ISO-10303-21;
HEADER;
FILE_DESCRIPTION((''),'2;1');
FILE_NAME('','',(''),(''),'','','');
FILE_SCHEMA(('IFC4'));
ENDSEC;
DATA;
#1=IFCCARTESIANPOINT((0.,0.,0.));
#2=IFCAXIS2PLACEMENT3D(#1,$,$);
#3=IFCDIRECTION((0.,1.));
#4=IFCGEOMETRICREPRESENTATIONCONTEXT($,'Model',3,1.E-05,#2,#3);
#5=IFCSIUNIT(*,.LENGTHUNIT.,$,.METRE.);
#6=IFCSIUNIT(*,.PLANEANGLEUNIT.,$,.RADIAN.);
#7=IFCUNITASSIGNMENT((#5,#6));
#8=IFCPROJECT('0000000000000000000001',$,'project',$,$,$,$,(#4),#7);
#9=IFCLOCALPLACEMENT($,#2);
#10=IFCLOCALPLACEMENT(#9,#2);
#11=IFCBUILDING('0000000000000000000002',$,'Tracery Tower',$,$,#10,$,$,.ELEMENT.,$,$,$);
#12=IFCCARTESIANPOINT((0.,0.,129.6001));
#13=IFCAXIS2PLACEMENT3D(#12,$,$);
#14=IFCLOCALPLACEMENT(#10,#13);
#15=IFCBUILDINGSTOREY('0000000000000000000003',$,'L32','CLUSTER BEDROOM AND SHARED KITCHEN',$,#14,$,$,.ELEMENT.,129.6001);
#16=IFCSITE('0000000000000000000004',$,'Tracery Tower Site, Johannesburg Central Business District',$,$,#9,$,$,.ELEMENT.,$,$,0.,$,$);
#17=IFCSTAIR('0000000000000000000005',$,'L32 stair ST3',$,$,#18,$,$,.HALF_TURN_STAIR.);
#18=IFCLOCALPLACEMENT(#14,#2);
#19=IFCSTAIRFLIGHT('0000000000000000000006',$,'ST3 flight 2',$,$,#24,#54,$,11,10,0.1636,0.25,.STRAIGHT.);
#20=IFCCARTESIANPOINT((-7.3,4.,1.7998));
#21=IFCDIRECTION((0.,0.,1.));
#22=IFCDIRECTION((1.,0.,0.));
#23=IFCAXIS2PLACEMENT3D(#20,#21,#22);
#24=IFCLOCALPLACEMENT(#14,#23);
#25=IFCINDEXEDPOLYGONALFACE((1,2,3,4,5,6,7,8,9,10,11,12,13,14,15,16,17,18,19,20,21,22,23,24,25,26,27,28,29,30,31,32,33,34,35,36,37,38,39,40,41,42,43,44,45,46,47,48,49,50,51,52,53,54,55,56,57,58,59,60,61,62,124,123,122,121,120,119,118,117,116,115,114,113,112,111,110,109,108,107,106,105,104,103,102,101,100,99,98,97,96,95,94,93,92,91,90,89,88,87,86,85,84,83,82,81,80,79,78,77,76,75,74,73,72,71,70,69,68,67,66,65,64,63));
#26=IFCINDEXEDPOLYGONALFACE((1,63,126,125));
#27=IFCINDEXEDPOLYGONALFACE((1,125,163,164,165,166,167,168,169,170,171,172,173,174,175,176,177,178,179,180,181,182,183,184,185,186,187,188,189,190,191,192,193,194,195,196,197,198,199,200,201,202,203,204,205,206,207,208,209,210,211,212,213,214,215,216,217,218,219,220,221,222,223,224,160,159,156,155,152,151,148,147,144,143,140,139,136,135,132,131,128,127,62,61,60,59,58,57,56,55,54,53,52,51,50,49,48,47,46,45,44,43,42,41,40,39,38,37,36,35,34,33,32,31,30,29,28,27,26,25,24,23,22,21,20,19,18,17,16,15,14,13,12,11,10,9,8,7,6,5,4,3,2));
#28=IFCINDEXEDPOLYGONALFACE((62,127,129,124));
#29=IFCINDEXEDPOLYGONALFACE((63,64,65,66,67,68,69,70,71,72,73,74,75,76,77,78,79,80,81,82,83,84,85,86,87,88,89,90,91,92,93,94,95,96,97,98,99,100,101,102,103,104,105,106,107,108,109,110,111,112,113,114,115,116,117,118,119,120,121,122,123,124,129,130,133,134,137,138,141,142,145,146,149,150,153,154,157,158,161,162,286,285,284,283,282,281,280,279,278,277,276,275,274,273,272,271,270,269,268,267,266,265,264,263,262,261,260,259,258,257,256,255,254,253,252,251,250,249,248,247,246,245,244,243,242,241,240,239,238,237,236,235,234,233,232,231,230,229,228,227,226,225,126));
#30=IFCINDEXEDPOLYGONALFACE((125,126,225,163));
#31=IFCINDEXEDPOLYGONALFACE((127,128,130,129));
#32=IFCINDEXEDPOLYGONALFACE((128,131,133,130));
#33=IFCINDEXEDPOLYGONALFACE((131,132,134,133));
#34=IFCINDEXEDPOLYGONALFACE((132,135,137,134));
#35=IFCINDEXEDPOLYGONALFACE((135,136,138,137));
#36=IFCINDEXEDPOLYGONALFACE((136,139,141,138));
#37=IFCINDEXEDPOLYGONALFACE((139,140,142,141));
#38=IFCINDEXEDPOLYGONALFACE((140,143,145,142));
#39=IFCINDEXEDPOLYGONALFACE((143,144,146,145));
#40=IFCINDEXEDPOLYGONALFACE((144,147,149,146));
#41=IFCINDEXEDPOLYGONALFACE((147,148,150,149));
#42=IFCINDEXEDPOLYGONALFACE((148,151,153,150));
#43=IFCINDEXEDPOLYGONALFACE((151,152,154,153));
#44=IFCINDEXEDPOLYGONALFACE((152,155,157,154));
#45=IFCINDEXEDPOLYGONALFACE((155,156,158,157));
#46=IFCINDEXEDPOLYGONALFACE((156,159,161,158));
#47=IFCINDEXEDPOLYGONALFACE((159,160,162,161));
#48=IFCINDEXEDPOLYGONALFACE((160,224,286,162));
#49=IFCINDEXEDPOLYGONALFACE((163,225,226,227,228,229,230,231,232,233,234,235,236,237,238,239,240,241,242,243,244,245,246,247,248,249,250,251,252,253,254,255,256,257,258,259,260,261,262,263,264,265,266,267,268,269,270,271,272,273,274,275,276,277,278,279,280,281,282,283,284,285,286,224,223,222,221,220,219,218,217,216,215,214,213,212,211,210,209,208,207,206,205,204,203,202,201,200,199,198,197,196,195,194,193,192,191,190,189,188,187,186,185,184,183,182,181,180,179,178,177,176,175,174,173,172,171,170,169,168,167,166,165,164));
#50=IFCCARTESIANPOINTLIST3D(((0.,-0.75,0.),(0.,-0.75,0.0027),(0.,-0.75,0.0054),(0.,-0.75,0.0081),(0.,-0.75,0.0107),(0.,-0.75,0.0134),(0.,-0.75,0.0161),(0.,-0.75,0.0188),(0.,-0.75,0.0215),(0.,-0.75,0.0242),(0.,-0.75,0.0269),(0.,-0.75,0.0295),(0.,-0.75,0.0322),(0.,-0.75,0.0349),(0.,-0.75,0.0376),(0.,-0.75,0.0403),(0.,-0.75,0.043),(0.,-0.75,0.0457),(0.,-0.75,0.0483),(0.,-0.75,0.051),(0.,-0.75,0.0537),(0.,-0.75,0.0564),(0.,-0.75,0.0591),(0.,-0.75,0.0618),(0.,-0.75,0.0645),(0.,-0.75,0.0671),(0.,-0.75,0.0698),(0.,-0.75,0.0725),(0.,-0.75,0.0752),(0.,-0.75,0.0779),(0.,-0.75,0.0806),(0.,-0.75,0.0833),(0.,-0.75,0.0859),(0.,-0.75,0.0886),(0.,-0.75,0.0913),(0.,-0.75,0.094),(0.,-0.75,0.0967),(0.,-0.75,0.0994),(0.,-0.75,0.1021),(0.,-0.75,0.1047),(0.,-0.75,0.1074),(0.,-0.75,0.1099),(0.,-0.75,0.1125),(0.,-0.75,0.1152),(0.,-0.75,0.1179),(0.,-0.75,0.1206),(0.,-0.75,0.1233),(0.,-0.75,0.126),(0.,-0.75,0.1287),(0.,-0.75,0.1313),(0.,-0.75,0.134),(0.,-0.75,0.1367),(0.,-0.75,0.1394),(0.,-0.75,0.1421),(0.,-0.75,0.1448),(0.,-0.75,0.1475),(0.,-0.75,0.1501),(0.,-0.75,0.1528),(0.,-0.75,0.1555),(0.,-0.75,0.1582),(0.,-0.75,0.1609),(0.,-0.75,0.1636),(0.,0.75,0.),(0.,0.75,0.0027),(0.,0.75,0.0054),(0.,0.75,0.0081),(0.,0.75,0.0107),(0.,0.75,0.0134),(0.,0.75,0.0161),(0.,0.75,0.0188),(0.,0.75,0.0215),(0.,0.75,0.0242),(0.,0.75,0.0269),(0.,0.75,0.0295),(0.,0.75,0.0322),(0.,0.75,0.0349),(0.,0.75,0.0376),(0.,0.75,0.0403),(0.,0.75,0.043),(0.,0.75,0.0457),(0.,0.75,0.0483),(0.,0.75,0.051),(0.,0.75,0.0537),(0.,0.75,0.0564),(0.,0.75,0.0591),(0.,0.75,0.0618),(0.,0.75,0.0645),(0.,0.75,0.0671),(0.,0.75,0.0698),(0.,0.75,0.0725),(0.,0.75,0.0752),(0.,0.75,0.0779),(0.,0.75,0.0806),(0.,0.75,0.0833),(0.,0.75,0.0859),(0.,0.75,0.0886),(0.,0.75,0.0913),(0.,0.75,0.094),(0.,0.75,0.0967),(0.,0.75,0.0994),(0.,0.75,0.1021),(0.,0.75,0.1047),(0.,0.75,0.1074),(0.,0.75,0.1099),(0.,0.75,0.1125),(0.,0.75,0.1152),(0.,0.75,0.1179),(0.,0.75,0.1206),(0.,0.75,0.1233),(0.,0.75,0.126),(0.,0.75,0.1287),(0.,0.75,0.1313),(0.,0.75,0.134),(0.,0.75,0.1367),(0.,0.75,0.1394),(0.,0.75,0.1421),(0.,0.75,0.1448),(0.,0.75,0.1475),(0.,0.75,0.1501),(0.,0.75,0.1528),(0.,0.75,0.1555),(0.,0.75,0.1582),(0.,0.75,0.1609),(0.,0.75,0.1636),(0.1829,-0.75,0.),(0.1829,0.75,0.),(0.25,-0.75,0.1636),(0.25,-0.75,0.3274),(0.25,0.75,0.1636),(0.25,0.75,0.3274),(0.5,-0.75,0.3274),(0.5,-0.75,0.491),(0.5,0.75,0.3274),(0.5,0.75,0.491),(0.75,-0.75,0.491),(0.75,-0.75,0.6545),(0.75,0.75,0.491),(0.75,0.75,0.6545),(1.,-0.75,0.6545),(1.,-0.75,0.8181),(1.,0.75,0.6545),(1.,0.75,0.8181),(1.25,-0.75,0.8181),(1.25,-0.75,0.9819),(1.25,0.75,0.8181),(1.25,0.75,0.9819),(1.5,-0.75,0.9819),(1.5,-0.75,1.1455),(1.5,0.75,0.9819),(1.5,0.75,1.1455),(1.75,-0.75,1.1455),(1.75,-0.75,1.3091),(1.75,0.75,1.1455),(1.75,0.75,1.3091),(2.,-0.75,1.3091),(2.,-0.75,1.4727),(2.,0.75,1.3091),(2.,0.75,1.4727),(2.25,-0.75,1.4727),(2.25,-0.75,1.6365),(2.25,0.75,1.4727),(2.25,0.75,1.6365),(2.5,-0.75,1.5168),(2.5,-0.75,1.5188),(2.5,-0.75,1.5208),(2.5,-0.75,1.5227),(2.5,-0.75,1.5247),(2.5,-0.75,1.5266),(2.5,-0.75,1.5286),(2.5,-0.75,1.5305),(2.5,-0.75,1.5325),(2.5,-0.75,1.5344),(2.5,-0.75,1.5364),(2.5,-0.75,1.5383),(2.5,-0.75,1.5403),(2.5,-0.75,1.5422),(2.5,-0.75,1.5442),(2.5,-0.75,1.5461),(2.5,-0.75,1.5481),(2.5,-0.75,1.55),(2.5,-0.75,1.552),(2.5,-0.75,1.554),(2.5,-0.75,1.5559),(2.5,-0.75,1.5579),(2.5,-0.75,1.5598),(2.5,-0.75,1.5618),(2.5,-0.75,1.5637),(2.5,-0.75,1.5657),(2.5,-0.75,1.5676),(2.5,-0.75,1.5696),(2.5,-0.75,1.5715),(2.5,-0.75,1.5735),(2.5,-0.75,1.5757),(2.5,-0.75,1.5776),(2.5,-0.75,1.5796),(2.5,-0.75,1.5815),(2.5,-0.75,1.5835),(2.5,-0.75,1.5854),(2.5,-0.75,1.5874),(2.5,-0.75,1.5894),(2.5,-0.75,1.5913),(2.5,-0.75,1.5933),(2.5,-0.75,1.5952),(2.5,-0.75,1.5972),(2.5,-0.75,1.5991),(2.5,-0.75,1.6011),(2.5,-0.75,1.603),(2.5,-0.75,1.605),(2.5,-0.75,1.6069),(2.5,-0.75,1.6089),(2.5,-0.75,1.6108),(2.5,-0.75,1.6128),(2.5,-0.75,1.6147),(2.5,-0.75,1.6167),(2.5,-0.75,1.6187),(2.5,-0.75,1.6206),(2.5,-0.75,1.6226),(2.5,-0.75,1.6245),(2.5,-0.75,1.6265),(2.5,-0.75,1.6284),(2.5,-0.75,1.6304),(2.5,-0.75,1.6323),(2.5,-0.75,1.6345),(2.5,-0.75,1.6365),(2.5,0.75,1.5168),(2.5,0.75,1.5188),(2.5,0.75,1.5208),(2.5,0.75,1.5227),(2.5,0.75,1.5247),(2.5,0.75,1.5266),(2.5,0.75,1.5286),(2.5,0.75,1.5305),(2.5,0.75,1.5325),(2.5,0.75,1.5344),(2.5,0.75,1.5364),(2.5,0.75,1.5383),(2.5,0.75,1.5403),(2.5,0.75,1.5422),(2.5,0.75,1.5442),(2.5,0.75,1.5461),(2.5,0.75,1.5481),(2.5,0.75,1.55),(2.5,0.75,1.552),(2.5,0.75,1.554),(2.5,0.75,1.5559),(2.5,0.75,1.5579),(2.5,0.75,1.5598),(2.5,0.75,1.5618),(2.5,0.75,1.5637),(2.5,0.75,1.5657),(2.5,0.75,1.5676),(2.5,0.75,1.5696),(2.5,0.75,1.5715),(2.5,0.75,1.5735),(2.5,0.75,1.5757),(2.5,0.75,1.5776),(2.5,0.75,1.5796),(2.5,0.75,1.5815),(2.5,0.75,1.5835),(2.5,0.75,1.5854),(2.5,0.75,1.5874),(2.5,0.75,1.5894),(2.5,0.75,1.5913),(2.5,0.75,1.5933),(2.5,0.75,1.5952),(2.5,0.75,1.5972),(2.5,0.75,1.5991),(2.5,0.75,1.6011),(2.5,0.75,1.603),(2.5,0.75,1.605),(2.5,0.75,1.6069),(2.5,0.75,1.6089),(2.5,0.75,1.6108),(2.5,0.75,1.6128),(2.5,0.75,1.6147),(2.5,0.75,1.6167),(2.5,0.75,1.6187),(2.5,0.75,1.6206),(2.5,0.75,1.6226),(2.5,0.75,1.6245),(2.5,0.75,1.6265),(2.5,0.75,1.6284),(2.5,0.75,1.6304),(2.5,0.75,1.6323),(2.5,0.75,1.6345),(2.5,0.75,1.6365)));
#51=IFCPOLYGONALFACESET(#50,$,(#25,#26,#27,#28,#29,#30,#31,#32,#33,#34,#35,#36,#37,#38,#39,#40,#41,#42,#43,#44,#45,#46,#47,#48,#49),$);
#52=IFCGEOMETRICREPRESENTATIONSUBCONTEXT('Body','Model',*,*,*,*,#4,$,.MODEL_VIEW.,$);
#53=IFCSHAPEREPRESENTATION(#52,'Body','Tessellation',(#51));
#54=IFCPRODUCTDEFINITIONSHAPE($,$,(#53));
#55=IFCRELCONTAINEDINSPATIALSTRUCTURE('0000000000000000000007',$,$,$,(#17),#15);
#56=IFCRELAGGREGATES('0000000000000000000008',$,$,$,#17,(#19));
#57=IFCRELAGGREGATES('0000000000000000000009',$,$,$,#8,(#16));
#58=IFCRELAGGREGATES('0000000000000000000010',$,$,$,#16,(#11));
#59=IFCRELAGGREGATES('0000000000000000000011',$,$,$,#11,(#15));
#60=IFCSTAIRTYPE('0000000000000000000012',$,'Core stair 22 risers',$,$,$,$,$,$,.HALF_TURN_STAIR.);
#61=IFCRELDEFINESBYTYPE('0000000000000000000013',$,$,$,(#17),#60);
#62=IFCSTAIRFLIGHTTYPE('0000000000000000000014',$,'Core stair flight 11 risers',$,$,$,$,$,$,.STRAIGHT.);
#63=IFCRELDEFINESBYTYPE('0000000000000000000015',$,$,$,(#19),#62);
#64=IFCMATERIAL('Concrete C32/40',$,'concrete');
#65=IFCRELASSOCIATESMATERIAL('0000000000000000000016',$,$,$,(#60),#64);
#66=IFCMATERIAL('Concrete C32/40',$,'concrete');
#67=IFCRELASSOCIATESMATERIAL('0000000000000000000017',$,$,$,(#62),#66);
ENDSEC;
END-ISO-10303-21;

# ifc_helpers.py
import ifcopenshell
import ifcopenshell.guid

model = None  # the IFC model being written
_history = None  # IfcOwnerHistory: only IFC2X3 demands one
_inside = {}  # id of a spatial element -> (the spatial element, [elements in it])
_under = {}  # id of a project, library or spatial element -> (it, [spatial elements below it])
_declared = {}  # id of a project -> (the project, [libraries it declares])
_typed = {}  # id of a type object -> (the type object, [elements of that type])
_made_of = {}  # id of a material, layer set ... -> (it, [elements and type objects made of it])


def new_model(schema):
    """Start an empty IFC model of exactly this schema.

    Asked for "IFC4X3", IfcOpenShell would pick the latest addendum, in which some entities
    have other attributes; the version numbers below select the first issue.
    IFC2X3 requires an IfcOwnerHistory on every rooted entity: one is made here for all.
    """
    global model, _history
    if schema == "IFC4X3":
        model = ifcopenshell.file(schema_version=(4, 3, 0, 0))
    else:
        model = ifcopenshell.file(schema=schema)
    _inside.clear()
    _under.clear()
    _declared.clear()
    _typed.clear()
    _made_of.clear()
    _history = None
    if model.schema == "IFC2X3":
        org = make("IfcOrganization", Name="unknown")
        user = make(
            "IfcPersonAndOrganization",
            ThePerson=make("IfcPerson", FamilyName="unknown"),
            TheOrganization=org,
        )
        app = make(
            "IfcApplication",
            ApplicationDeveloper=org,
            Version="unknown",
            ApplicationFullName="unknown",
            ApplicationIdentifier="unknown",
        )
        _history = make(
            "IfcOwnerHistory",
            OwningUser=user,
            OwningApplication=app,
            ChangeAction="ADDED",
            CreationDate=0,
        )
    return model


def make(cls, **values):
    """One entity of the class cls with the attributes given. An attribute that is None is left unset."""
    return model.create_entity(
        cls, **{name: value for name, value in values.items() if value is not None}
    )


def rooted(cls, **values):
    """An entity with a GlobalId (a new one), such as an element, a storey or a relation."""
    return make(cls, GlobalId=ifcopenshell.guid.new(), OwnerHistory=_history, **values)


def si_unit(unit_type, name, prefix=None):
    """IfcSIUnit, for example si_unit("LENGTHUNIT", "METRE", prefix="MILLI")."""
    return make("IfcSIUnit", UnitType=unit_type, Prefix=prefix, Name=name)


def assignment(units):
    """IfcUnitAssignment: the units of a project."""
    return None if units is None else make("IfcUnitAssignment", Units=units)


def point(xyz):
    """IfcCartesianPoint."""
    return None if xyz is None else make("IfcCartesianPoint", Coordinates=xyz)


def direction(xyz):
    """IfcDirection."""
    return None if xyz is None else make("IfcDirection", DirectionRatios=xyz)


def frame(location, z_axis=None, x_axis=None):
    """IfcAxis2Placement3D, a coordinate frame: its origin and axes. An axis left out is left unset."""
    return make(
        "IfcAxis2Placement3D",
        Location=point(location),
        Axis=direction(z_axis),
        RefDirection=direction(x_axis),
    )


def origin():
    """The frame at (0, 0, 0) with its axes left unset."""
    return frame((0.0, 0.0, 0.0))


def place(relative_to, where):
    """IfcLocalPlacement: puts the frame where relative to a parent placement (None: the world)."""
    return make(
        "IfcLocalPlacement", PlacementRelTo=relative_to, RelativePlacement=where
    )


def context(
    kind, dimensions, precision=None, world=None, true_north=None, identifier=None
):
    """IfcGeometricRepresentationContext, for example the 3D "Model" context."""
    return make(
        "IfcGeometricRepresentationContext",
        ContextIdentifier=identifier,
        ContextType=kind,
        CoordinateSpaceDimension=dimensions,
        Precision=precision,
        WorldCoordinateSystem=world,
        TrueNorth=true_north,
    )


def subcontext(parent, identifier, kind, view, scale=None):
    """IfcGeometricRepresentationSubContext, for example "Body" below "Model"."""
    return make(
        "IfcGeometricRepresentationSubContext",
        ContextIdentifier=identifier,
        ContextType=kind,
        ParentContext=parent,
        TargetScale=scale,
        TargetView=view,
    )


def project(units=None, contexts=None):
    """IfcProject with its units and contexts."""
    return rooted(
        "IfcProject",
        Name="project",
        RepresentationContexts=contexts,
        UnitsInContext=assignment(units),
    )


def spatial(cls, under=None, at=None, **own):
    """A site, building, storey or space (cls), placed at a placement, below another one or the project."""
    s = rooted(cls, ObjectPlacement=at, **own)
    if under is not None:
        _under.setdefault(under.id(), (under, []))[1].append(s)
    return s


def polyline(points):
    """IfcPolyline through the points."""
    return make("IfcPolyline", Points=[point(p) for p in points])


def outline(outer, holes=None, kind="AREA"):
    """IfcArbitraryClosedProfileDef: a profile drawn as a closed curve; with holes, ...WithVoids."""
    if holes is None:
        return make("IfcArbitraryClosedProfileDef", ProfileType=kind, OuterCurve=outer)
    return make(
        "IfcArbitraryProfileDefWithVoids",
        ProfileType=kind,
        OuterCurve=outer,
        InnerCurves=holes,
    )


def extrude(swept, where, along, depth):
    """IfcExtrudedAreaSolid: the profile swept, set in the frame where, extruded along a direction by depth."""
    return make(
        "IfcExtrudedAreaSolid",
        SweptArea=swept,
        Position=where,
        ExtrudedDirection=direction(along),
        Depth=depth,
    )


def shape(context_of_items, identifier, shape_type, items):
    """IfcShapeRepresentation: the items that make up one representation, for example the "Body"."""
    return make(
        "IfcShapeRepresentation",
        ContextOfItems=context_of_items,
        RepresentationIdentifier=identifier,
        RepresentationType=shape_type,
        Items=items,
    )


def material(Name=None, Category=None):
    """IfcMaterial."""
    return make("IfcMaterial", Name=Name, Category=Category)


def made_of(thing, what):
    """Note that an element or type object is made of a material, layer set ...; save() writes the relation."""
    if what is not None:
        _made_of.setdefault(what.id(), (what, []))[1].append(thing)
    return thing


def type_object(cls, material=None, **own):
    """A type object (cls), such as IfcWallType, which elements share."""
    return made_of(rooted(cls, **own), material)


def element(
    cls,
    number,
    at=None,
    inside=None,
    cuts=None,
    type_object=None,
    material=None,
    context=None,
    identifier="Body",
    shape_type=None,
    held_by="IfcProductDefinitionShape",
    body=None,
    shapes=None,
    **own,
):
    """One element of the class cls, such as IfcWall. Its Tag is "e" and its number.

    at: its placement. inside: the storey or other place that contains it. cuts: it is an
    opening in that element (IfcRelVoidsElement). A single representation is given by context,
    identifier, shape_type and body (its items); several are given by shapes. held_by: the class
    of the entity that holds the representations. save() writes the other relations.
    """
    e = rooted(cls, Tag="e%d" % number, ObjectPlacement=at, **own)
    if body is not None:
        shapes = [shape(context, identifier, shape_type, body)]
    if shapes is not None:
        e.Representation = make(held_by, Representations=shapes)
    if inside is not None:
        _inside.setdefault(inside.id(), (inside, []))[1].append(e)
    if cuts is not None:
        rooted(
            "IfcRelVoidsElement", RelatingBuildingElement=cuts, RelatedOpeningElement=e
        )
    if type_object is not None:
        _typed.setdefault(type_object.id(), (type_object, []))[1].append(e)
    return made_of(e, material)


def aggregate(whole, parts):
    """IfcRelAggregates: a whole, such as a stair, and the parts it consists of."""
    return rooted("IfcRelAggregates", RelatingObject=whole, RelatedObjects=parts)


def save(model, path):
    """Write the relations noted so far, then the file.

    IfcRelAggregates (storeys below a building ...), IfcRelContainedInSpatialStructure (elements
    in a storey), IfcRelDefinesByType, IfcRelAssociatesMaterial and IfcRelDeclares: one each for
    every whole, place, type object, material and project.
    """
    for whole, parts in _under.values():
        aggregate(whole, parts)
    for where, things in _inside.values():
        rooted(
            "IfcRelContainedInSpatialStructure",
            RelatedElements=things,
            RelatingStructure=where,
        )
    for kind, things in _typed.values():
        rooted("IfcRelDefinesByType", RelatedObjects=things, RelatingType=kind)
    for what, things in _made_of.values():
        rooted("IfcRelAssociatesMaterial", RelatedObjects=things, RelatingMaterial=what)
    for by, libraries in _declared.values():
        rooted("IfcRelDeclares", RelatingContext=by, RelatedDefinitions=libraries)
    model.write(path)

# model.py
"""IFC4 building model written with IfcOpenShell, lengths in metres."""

from ifc_helpers import new_model, si_unit, direction, frame, origin, place, context, subcontext, project, spatial, polyline, outline, extrude, material, type_object, element, aggregate, save


model = new_model("IFC4")

# Units and contexts
model_context = context("Model", 3, precision=1e-05, world=origin(), true_north=direction((0.0, 1.0)))
body_context = subcontext(model_context, "Body", "Model", "MODEL_VIEW")
ifc_project = project(units=[si_unit("LENGTHUNIT", "METRE"), si_unit("PLANEANGLEUNIT", "RADIAN")], contexts=[model_context])

# Site, building, storey
site_placement = place(None, origin())
site = spatial("IfcSite", under=ifc_project, at=site_placement, Name="Tracery Tower Site, Johannesburg Central Business District", CompositionType="ELEMENT", RefElevation=0.0)
building_placement = place(site_placement, origin())
building = spatial("IfcBuilding", under=site, at=building_placement, Name="Tracery Tower", CompositionType="ELEMENT")
storey_placement = place(building_placement, frame((0.0, 0.0, 129.6001)))
storey = spatial("IfcBuildingStorey", under=building, at=storey_placement, Name="L32", Description="CLUSTER BEDROOM AND SHARED KITCHEN", CompositionType="ELEMENT", Elevation=129.6001)

# Stair, stair flight
ifc_material_1 = material(Name="Concrete C32/40", Category="concrete")
stair_type = type_object("IfcStairType", Name="Core stair 22 risers", PredefinedType="HALF_TURN_STAIR", material=ifc_material_1)
stair_placement = place(storey_placement, origin())
stair = element("IfcStair", 1, at=stair_placement, inside=storey, type_object=stair_type, Name="L32 stair ST3", PredefinedType="HALF_TURN_STAIR")
ifc_material_2 = material(Name="Concrete C32/40", Category="concrete")
stair_flight_type = type_object("IfcStairFlightType", Name="Core stair flight 11 risers", PredefinedType="STRAIGHT", material=ifc_material_2)
stair_flight_1_placement = place(storey_placement, frame((-7.3, 4.0, 1.7998), z_axis=(0.0, 0.0, 1.0), x_axis=(1.0, 0.0, 0.0)))
stair_flight_1 = element("IfcStairFlight", 2, at=stair_flight_1_placement, type_object=stair_flight_type, Name="ST3 flight 2", NumberOfRisers=11, NumberOfTreads=10, PredefinedType="STRAIGHT", RiserHeight=0.1636, TreadLength=0.25, context=body_context, shape_type="SweptSolid", body=[
    extrude(outline(polyline([(0.0, 0.0), (0.0, 0.0027), (0.0, 0.0054), (0.0, 0.0081), (0.0, 0.0107), (0.0, 0.0134), (0.0, 0.0161), (0.0, 0.0188), (0.0, 0.0215), (0.0, 0.0242), (0.0, 0.0269), (0.0, 0.0295), (0.0, 0.0322), (0.0, 0.0349), (0.0, 0.0376), (0.0, 0.0403), (0.0, 0.043), (0.0, 0.0457), (0.0, 0.0483), (0.0, 0.051), (0.0, 0.0537), (0.0, 0.0564), (0.0, 0.0591), (0.0, 0.0618), (0.0, 0.0645), (0.0, 0.0671), (0.0, 0.0698), (0.0, 0.0725), (0.0, 0.0752), (0.0, 0.0779), (0.0, 0.0806), (0.0, 0.0833), (0.0, 0.0859), (0.0, 0.0886), (0.0, 0.0913), (0.0, 0.094), (0.0, 0.0967), (0.0, 0.0994), (0.0, 0.1021), (0.0, 0.1047), (0.0, 0.1074), (0.0, 0.1099), (0.0, 0.1125), (0.0, 0.1152), (0.0, 0.1179), (0.0, 0.1206), (0.0, 0.1233), (0.0, 0.126), (0.0, 0.1287), (0.0, 0.1313), (0.0, 0.134), (0.0, 0.1367), (0.0, 0.1394), (0.0, 0.1421), (0.0, 0.1448), (0.0, 0.1475), (0.0, 0.1501), (0.0, 0.1528), (0.0, 0.1555), (0.0, 0.1582), (0.0, 0.1609), (0.0, 0.1636), (0.25, 0.1636), (0.25, 0.3274), (0.5, 0.3274), (0.5, 0.491), (0.75, 0.491), (0.75, 0.6545), (1.0, 0.6545), (1.0, 0.8181), (1.25, 0.8181), (1.25, 0.9819), (1.5, 0.9819), (1.5, 1.1455), (1.75, 1.1455), (1.75, 1.3091), (2.0, 1.3091), (2.0, 1.4727), (2.25, 1.4727), (2.25, 1.6365), (2.5, 1.6365), (2.5, 1.6345), (2.5, 1.6323), (2.5, 1.6304), (2.5, 1.6284), (2.5, 1.6265), (2.5, 1.6245), (2.5, 1.6226), (2.5, 1.6206), (2.5, 1.6187), (2.5, 1.6167), (2.5, 1.6147), (2.5, 1.6128), (2.5, 1.6108), (2.5, 1.6089), (2.5, 1.6069), (2.5, 1.605), (2.5, 1.603), (2.5, 1.6011), (2.5, 1.5991), (2.5, 1.5972), (2.5, 1.5952), (2.5, 1.5933), (2.5, 1.5913), (2.5, 1.5894), (2.5, 1.5874), (2.5, 1.5854), (2.5, 1.5835), (2.5, 1.5815), (2.5, 1.5796), (2.5, 1.5776), (2.5, 1.5757), (2.5, 1.5735), (2.5, 1.5715), (2.5, 1.5696), (2.5, 1.5676), (2.5, 1.5657), (2.5, 1.5637), (2.5, 1.5618), (2.5, 1.5598), (2.5, 1.5579), (2.5, 1.5559), (2.5, 1.554), (2.5, 1.552), (2.5, 1.55), (2.5, 1.5481), (2.5, 1.5461), (2.5, 1.5442), (2.5, 1.5422), (2.5, 1.5403), (2.5, 1.5383), (2.5, 1.5364), (2.5, 1.5344), (2.5, 1.5325), (2.5, 1.5305), (2.5, 1.5286), (2.5, 1.5266), (2.5, 1.5247), (2.5, 1.5227), (2.5, 1.5208), (2.5, 1.5188), (2.5, 1.5168), (0.1829, 0.0), (0.0, 0.0)])), frame((0.0, 0.75, 0.0), z_axis=(0.0, -1.0, 0.0), x_axis=(1.0, 0.0, 0.0)), (0.0, 0.0, 1.0), 1.5),
])
aggregate(stair, [stair_flight_1])

save(model, "model.ifc")
